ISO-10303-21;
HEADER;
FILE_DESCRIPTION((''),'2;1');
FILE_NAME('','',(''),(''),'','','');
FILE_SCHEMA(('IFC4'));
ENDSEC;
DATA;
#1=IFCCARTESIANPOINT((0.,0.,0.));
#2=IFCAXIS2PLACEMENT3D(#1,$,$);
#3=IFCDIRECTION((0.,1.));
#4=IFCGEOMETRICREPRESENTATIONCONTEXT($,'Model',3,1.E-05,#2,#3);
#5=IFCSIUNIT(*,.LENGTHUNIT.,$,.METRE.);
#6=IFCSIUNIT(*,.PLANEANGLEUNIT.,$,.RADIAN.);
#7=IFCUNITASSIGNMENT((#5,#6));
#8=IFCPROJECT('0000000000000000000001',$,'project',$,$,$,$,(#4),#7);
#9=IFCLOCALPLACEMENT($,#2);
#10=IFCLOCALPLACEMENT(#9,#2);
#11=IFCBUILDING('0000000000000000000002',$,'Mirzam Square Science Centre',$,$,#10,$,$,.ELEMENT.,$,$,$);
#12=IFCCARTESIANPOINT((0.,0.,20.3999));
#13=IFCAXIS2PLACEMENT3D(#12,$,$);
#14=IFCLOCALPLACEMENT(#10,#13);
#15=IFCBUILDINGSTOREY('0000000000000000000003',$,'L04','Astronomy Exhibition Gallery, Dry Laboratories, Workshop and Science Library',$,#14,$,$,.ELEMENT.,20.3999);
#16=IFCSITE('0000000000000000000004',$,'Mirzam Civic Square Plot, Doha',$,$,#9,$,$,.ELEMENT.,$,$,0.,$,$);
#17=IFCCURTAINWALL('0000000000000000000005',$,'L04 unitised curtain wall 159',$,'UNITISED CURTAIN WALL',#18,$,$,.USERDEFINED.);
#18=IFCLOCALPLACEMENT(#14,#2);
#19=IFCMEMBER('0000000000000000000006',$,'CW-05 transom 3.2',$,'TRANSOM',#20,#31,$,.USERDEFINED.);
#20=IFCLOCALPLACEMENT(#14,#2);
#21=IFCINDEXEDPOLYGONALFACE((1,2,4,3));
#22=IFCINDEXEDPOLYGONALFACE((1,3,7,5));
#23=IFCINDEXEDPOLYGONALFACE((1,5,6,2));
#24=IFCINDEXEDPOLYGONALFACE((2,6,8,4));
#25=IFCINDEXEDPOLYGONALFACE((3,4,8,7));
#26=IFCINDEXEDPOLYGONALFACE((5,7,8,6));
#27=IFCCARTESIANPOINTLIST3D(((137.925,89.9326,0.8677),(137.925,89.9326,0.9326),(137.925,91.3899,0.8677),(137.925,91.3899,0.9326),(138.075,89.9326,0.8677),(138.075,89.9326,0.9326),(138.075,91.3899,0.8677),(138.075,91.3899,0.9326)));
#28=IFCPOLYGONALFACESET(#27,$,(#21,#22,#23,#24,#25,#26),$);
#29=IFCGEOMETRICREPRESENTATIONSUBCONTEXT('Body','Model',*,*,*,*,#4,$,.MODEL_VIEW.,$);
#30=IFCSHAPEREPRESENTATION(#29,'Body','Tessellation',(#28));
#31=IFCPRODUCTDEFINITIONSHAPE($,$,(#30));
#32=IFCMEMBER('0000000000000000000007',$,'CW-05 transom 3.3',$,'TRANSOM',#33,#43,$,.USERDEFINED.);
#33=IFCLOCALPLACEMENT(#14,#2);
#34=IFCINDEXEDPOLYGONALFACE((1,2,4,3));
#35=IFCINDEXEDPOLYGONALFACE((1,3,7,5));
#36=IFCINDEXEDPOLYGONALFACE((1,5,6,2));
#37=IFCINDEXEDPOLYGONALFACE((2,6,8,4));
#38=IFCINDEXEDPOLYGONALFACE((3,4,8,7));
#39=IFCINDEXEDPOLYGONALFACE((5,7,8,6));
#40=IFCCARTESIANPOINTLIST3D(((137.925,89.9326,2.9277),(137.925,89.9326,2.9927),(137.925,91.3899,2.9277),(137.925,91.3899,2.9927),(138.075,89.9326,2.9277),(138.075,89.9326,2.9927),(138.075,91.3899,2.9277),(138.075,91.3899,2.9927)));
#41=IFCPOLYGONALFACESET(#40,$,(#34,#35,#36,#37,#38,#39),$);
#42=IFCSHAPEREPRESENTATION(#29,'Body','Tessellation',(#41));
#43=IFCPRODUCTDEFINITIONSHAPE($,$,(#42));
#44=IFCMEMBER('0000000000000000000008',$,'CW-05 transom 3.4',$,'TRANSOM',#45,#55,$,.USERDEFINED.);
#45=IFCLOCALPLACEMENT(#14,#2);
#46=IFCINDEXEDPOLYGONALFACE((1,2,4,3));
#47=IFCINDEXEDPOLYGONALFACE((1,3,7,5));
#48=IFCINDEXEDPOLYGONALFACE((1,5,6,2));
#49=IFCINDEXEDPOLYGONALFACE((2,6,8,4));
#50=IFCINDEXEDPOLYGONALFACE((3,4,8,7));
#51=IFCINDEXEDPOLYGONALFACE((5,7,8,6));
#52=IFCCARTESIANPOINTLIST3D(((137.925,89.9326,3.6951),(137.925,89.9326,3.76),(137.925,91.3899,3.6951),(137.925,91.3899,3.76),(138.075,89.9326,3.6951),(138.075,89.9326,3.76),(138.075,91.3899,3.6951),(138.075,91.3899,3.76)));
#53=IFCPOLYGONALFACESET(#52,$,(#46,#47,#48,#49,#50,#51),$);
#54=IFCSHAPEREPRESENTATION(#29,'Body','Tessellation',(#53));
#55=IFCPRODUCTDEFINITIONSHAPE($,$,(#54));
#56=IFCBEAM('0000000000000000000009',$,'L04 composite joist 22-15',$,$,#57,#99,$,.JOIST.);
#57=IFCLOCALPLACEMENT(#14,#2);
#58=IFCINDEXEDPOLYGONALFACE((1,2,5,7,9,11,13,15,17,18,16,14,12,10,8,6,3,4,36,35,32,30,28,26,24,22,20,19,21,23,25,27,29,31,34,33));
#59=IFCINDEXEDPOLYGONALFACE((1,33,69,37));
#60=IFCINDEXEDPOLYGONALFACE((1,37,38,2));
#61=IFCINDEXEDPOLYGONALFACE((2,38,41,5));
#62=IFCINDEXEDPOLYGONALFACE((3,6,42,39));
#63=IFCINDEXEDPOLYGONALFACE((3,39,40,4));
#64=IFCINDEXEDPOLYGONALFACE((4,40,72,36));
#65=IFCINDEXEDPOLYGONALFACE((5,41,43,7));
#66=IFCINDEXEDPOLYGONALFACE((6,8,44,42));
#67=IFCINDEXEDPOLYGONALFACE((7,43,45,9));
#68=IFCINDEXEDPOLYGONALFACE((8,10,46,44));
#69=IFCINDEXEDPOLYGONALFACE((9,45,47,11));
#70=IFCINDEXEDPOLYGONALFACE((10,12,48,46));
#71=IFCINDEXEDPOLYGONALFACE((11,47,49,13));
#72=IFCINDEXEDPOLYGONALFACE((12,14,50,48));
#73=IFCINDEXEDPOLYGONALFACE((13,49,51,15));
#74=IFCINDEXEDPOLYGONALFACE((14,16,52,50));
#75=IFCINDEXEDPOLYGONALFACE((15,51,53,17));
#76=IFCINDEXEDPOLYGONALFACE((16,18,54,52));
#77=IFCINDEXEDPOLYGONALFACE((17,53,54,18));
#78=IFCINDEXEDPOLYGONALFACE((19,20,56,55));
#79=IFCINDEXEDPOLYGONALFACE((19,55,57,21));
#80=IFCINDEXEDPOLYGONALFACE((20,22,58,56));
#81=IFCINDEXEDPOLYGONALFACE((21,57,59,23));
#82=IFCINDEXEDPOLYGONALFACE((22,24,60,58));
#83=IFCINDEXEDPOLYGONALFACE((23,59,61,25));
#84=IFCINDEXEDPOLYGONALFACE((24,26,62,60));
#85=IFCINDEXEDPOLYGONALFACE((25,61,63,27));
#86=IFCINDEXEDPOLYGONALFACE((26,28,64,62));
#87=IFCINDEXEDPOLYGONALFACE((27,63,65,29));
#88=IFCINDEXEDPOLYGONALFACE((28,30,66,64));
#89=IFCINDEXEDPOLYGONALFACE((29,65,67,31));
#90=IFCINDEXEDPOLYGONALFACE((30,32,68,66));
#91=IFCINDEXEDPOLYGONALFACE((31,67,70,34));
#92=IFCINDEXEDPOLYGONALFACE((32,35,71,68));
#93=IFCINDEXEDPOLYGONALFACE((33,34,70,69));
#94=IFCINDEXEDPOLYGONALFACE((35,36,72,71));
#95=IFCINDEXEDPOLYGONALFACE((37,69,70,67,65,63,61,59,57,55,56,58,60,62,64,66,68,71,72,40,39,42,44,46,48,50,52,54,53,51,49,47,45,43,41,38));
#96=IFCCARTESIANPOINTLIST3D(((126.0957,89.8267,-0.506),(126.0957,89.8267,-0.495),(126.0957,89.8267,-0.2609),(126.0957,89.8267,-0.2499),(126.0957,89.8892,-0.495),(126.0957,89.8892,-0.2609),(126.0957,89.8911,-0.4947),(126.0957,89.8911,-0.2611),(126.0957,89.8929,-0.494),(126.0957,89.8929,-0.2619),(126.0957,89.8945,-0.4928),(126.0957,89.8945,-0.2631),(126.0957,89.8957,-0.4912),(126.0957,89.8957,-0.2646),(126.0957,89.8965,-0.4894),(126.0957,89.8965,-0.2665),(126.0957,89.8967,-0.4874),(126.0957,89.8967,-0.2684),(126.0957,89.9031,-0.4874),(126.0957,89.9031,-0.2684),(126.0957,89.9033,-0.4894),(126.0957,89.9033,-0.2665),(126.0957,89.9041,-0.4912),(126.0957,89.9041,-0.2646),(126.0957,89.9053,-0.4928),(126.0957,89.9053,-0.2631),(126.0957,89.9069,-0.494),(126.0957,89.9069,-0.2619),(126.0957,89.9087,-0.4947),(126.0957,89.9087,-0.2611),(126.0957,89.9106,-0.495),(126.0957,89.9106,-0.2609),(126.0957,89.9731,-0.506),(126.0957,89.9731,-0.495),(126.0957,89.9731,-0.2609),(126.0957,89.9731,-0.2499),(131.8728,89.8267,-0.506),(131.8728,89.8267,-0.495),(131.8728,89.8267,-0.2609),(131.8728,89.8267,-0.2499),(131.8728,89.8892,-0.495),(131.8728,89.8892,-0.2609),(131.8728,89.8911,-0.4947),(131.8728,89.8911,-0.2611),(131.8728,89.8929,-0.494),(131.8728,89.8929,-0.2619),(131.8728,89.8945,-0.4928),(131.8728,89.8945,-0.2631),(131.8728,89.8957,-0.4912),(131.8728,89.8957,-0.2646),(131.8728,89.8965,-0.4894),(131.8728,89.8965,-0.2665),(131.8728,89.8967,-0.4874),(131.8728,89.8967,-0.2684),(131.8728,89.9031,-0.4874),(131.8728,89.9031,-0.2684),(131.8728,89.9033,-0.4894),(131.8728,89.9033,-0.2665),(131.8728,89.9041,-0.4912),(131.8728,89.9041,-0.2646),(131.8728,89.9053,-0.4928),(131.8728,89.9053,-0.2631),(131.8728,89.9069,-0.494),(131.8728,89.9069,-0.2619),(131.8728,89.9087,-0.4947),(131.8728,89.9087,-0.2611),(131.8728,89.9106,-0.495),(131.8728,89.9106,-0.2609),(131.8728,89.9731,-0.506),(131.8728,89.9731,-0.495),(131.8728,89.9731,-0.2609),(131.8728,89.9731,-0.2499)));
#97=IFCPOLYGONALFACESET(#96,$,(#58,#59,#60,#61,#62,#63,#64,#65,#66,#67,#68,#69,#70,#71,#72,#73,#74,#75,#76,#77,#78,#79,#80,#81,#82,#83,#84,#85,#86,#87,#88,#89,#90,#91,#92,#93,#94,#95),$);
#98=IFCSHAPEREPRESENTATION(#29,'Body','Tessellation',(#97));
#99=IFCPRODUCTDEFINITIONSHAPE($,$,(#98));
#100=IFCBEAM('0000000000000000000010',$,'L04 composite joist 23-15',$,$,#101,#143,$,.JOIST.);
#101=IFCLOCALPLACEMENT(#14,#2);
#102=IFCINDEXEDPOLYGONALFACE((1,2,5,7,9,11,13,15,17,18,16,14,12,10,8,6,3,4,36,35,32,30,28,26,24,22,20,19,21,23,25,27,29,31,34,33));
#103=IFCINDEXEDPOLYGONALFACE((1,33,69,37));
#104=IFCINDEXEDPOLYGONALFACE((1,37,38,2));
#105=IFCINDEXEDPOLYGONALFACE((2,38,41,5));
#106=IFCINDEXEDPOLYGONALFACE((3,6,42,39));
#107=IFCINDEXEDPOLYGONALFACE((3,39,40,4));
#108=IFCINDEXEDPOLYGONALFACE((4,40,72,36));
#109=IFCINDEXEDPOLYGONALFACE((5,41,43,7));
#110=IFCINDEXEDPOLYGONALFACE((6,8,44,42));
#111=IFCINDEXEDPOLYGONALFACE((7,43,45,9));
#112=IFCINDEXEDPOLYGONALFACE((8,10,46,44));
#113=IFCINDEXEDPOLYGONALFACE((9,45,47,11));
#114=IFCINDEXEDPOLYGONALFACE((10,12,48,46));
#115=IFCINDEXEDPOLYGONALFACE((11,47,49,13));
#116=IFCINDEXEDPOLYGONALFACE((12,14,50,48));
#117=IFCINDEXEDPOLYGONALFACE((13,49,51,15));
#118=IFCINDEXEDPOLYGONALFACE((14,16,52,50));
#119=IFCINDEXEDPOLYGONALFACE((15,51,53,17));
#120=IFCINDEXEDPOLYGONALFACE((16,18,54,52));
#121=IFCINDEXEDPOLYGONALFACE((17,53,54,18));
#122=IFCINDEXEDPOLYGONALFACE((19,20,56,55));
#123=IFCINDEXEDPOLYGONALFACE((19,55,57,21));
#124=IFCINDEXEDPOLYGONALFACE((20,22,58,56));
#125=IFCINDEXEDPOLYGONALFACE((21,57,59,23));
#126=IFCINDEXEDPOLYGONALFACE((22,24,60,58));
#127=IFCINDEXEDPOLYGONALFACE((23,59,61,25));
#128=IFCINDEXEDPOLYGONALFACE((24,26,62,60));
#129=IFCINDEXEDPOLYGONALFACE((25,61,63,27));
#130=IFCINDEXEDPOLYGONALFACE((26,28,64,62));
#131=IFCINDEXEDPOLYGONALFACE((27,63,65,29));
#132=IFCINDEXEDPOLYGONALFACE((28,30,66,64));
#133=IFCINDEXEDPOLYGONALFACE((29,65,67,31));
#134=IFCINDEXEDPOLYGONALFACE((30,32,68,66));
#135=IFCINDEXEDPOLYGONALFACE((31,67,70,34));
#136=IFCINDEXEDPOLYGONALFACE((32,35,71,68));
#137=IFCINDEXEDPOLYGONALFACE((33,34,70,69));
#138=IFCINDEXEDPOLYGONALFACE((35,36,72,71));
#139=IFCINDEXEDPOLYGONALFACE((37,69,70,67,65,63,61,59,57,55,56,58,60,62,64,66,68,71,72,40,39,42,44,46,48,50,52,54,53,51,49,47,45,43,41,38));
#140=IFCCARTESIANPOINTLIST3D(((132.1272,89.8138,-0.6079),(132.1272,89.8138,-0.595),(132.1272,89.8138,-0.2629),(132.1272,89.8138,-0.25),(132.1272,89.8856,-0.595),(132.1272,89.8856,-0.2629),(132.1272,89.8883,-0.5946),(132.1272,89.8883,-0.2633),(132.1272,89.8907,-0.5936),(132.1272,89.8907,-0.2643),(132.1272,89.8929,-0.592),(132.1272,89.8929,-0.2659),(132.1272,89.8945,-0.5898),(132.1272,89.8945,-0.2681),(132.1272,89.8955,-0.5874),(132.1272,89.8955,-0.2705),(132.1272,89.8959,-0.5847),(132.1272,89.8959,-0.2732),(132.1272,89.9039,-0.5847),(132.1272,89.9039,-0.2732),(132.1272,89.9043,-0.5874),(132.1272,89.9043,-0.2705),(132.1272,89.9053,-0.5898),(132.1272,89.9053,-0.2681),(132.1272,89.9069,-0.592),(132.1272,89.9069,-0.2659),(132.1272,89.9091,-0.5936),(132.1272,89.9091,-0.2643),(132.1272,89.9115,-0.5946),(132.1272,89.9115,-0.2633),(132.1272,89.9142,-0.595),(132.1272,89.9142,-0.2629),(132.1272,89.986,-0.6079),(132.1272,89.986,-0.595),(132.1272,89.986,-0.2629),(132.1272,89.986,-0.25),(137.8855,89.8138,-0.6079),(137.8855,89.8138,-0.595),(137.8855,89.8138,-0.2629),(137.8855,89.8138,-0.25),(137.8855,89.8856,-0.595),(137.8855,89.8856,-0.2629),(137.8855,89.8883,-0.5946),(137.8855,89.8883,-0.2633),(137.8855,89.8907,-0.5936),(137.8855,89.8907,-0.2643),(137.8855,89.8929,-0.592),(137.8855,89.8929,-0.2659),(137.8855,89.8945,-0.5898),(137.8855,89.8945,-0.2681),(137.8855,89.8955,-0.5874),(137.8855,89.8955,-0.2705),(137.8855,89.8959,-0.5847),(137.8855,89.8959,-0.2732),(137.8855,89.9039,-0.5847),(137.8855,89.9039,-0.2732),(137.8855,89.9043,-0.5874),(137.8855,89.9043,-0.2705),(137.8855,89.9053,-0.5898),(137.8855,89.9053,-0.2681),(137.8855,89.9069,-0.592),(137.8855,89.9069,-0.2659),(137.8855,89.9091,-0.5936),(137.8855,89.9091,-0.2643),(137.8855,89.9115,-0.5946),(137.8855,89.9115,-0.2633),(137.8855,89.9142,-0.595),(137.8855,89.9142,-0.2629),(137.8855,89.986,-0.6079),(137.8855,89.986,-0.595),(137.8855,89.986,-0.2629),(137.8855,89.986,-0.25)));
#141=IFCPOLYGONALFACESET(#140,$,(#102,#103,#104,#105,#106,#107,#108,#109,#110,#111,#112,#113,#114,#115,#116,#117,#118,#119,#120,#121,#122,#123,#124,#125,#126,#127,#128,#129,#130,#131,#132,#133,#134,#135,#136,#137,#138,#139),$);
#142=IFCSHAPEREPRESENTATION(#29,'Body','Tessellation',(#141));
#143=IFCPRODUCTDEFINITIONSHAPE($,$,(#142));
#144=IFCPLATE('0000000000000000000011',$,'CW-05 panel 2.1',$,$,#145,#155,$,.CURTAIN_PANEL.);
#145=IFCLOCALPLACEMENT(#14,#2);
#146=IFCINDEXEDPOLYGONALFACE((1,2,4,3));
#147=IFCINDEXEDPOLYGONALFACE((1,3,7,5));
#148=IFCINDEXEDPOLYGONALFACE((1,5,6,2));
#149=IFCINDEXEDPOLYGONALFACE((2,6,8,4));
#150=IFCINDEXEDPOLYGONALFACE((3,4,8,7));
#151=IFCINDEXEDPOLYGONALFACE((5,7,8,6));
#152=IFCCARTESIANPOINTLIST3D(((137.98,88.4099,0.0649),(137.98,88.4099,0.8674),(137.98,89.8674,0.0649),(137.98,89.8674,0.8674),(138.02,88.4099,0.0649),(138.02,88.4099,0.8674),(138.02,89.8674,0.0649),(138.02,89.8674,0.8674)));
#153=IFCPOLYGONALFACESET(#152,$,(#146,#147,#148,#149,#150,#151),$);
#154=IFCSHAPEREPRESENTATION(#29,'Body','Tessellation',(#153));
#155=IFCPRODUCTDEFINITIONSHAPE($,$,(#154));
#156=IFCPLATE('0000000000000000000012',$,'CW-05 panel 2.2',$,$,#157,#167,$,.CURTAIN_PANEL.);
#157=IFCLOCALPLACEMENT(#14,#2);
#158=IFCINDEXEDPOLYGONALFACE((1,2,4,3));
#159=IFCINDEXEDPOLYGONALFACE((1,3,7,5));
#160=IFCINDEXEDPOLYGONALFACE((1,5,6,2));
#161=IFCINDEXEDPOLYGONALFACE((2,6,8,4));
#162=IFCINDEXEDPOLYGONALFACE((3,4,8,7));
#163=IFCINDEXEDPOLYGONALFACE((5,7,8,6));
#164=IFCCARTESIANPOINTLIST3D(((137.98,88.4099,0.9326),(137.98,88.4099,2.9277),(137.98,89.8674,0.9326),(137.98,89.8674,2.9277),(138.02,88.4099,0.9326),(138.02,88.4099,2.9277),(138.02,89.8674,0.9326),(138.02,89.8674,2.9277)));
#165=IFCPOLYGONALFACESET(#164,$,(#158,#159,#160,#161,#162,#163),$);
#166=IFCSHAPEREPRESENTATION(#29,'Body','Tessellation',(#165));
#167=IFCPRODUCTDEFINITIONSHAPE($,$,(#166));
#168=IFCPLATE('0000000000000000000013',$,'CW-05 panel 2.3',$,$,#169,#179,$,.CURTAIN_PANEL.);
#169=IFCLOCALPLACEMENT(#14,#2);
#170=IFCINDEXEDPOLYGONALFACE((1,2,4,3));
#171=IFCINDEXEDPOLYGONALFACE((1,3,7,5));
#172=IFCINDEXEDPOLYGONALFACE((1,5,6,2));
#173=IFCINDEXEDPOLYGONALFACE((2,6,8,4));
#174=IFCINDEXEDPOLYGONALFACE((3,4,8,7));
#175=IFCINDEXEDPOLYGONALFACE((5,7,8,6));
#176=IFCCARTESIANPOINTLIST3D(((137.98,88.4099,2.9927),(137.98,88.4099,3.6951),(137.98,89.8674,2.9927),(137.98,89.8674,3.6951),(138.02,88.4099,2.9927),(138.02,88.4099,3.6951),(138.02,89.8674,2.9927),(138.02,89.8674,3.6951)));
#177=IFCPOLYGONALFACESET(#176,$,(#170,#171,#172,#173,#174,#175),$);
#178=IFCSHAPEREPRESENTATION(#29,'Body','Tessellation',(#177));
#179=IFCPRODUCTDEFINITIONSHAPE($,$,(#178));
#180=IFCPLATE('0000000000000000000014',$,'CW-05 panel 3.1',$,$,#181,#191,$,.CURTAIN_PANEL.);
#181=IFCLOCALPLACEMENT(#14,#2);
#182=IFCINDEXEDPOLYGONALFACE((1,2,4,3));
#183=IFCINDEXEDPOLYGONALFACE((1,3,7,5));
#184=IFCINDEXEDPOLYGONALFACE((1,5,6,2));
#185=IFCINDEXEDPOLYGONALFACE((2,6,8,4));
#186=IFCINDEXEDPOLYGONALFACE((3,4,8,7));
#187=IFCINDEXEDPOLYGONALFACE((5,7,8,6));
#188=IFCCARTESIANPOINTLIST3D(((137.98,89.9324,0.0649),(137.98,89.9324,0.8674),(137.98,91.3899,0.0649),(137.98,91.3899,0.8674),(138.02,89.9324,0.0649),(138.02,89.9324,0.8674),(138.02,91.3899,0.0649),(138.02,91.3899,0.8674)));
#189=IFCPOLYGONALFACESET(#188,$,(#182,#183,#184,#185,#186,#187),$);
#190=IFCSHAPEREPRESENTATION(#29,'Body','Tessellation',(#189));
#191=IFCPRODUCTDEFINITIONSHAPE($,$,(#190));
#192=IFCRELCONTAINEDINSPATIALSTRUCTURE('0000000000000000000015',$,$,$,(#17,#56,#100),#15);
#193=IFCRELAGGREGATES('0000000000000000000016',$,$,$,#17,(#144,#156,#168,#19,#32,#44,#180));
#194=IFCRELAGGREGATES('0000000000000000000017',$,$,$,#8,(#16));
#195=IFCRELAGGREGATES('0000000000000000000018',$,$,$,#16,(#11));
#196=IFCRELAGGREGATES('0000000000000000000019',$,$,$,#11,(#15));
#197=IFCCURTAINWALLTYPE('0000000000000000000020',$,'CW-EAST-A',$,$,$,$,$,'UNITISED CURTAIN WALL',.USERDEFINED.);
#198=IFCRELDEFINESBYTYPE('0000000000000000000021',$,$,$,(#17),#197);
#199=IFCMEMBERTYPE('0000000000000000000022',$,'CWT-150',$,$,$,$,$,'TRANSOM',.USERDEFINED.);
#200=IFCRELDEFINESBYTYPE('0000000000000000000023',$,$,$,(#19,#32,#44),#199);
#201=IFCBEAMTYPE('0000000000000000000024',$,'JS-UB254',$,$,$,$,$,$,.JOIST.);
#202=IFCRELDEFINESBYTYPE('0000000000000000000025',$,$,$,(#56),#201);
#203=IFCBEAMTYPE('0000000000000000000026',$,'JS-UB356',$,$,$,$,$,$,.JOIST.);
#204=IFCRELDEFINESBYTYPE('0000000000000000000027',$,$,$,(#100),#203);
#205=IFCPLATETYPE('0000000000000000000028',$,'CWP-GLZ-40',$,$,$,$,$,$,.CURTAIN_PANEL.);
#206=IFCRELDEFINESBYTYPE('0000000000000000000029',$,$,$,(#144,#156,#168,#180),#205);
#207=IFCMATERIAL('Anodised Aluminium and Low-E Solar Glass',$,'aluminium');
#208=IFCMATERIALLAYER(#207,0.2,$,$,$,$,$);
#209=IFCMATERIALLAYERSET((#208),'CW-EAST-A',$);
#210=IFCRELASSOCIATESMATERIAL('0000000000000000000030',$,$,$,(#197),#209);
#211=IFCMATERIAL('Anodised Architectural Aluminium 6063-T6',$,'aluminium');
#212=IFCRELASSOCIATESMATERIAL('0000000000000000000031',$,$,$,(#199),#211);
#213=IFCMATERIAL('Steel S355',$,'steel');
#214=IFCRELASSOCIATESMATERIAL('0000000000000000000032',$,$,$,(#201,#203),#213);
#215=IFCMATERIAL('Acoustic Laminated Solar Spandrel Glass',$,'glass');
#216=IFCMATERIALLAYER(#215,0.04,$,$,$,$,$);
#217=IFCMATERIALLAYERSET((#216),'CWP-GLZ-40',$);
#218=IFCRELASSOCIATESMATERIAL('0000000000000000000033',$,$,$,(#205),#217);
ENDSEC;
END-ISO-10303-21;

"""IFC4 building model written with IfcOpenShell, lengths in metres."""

from ifc_helpers import new_model, si_unit, direction, frame, origin, origin_2d, place, context, subcontext, project, spatial, rectangle, i_section, extrude, material, layer, layer_set, material_profile, profile_set, type_object, element, aggregate, save


model = new_model("IFC4")

# Units and contexts
model_context = context("Model", 3, precision=1e-05, world=origin(), true_north=direction((0.0, 1.0)))
body_context = subcontext(model_context, "Body", "Model", "MODEL_VIEW")
ifc_project = project(units=[si_unit("LENGTHUNIT", "METRE"), si_unit("PLANEANGLEUNIT", "RADIAN")], contexts=[model_context])

# Site, building, storey
site_placement = place(None, origin())
site = spatial("IfcSite", under=ifc_project, at=site_placement, Name="Mirzam Civic Square Plot, Doha", CompositionType="ELEMENT", RefElevation=0.0)
building_placement = place(site_placement, origin())
building = spatial("IfcBuilding", under=site, at=building_placement, Name="Mirzam Square Science Centre", CompositionType="ELEMENT")
storey_placement = place(building_placement, frame((0.0, 0.0, 20.3999)))
storey = spatial("IfcBuildingStorey", under=building, at=storey_placement, Name="L04", Description="Astronomy Exhibition Gallery, Dry Laboratories, Workshop and Science Library", CompositionType="ELEMENT", Elevation=20.3999)

# Shared definitions
ifc_material_1 = material(Name="Steel S355", Category="steel")

# Curtain wall, members
ifc_material_2 = material(Name="Anodised Aluminium and Low-E Solar Glass", Category="aluminium")
ifc_layer_1 = layer(ifc_material_2, 0.2)
ifc_layer_set_1 = layer_set([ifc_layer_1], Name="CW-EAST-A")
curtain_wall_type = type_object("IfcCurtainWallType", Name="CW-EAST-A", ElementType="UNITISED CURTAIN WALL", PredefinedType="USERDEFINED", material=ifc_layer_set_1)
curtain_wall_placement = place(storey_placement, origin())
curtain_wall = element("IfcCurtainWall", 1, at=curtain_wall_placement, inside=storey, type_object=curtain_wall_type, Name="L04 unitised curtain wall 159", ObjectType="UNITISED CURTAIN WALL", PredefinedType="USERDEFINED")
ifc_material_3 = material(Name="Anodised Architectural Aluminium 6063-T6", Category="aluminium")
ifc_material_profile_1 = material_profile(ifc_material_3, rectangle(XDim=0.1499, YDim=0.0649, at=origin_2d()), Name="ALU-TRAN-150x65x4")
ifc_profile_set_1 = profile_set([ifc_material_profile_1], Name="Anodised Architectural Aluminium 6063-T6")
member_type_1 = type_object("IfcMemberType", Name="CWT-150", ElementType="TRANSOM", PredefinedType="USERDEFINED", material=ifc_profile_set_1)
member_1_placement = place(storey_placement, frame((138.0, 89.9326, 0.9001), z_axis=(0.0, 1.0, 0.0), x_axis=(-1.0, 0.0, 0.0)))
member_1 = element("IfcMember", 2, at=member_1_placement, type_object=member_type_1, Name="CW-05 transom 3.2", ObjectType="TRANSOM", PredefinedType="USERDEFINED", context=body_context, shape_type="SweptSolid", body=[
    extrude(rectangle(XDim=0.1499, YDim=0.0649, at=origin_2d()), origin(), (0.0, 0.0, 1.0), 1.4573),
])
member_2_placement = place(storey_placement, frame((138.0, 89.9326, 2.9602), z_axis=(0.0, 1.0, 0.0), x_axis=(-1.0, 0.0, 0.0)))
member_2 = element("IfcMember", 3, at=member_2_placement, type_object=member_type_1, Name="CW-05 transom 3.3", ObjectType="TRANSOM", PredefinedType="USERDEFINED", context=body_context, shape_type="SweptSolid", body=[
    extrude(rectangle(XDim=0.1499, YDim=0.0649, at=origin_2d()), origin(), (0.0, 0.0, 1.0), 1.4573),
])
member_3_placement = place(storey_placement, frame((138.0, 89.9326, 3.7275), z_axis=(0.0, 1.0, 0.0), x_axis=(-1.0, 0.0, 0.0)))
member_3 = element("IfcMember", 4, at=member_3_placement, type_object=member_type_1, Name="CW-05 transom 3.4", ObjectType="TRANSOM", PredefinedType="USERDEFINED", context=body_context, shape_type="SweptSolid", body=[
    extrude(rectangle(XDim=0.1499, YDim=0.0649, at=origin_2d()), origin(), (0.0, 0.0, 1.0), 1.4573),
])

# Beams
ifc_material_profile_2 = material_profile(ifc_material_1, i_section(OverallWidth=0.1465, OverallDepth=0.2561, WebThickness=0.0063, FlangeThickness=0.011, FilletRadius=0.0076, at=origin_2d()), Name="254x146x37UB")
ifc_profile_set_2 = profile_set([ifc_material_profile_2], Name="Steel S355")
beam_type_1 = type_object("IfcBeamType", Name="JS-UB254", PredefinedType="JOIST", material=ifc_profile_set_2)
beam_1_placement = place(storey_placement, frame((126.0957, 89.8999, -0.3779), z_axis=(1.0, 0.0, 0.0), x_axis=(0.0, 1.0, 0.0)))
element("IfcBeam", 5, at=beam_1_placement, inside=storey, type_object=beam_type_1, Name="L04 composite joist 22-15", PredefinedType="JOIST", context=body_context, shape_type="SweptSolid", body=[
    extrude(i_section(OverallWidth=0.1465, OverallDepth=0.2561, WebThickness=0.0063, FlangeThickness=0.011, FilletRadius=0.0076, at=origin_2d()), origin(), (0.0, 0.0, 1.0), 5.7771),
])
ifc_material_profile_3 = material_profile(ifc_material_1, i_section(OverallWidth=0.1721, OverallDepth=0.3579, WebThickness=0.0081, FlangeThickness=0.0129, FilletRadius=0.0103, at=origin_2d()), Name="356x171x57UB")
ifc_profile_set_3 = profile_set([ifc_material_profile_3], Name="Steel S355")
beam_type_2 = type_object("IfcBeamType", Name="JS-UB356", PredefinedType="JOIST", material=ifc_profile_set_3)
beam_2_placement = place(storey_placement, frame((132.1272, 89.8999, -0.429), z_axis=(1.0, 0.0, 0.0), x_axis=(0.0, 1.0, 0.0)))
element("IfcBeam", 6, at=beam_2_placement, inside=storey, type_object=beam_type_2, Name="L04 composite joist 23-15", PredefinedType="JOIST", context=body_context, shape_type="SweptSolid", body=[
    extrude(i_section(OverallWidth=0.1721, OverallDepth=0.3579, WebThickness=0.0081, FlangeThickness=0.0129, FilletRadius=0.0103, at=origin_2d()), origin(), (0.0, 0.0, 1.0), 5.7583),
])

# Plates
ifc_material_4 = material(Name="Acoustic Laminated Solar Spandrel Glass", Category="glass")
ifc_layer_2 = layer(ifc_material_4, 0.04)
ifc_layer_set_2 = layer_set([ifc_layer_2], Name="CWP-GLZ-40")
plate_type = type_object("IfcPlateType", Name="CWP-GLZ-40", PredefinedType="CURTAIN_PANEL", material=ifc_layer_set_2)
plate_1_placement = place(storey_placement, frame((138.0, 89.1387, 0.0649), z_axis=(0.0, 0.0, 1.0), x_axis=(0.0, 1.0, 0.0)))
plate_1 = element("IfcPlate", 7, at=plate_1_placement, type_object=plate_type, Name="CW-05 panel 2.1", PredefinedType="CURTAIN_PANEL", context=body_context, shape_type="SweptSolid", body=[
    extrude(rectangle(XDim=1.4575, YDim=0.04, at=origin_2d()), origin(), (0.0, 0.0, 1.0), 0.8025),
])
plate_2_placement = place(storey_placement, frame((138.0, 89.1387, 0.9326), z_axis=(0.0, 0.0, 1.0), x_axis=(0.0, 1.0, 0.0)))
plate_2 = element("IfcPlate", 8, at=plate_2_placement, type_object=plate_type, Name="CW-05 panel 2.2", PredefinedType="CURTAIN_PANEL", context=body_context, shape_type="SweptSolid", body=[
    extrude(rectangle(XDim=1.4575, YDim=0.04, at=origin_2d()), origin(), (0.0, 0.0, 1.0), 1.9951),
])
plate_3_placement = place(storey_placement, frame((138.0, 89.1387, 2.9927), z_axis=(0.0, 0.0, 1.0), x_axis=(0.0, 1.0, 0.0)))
plate_3 = element("IfcPlate", 9, at=plate_3_placement, type_object=plate_type, Name="CW-05 panel 2.3", PredefinedType="CURTAIN_PANEL", context=body_context, shape_type="SweptSolid", body=[
    extrude(rectangle(XDim=1.4575, YDim=0.04, at=origin_2d()), origin(), (0.0, 0.0, 1.0), 0.7024),
])
plate_4_placement = place(storey_placement, frame((138.0, 90.6611, 0.0649), z_axis=(0.0, 0.0, 1.0), x_axis=(0.0, 1.0, 0.0)))
plate_4 = element("IfcPlate", 10, at=plate_4_placement, type_object=plate_type, Name="CW-05 panel 3.1", PredefinedType="CURTAIN_PANEL", context=body_context, shape_type="SweptSolid", body=[
    extrude(rectangle(XDim=1.4575, YDim=0.04, at=origin_2d()), origin(), (0.0, 0.0, 1.0), 0.8025),
])
aggregate(curtain_wall, [plate_1, plate_2, plate_3, member_1, member_2, member_3, plate_4])

save(model, "model.ifc")
